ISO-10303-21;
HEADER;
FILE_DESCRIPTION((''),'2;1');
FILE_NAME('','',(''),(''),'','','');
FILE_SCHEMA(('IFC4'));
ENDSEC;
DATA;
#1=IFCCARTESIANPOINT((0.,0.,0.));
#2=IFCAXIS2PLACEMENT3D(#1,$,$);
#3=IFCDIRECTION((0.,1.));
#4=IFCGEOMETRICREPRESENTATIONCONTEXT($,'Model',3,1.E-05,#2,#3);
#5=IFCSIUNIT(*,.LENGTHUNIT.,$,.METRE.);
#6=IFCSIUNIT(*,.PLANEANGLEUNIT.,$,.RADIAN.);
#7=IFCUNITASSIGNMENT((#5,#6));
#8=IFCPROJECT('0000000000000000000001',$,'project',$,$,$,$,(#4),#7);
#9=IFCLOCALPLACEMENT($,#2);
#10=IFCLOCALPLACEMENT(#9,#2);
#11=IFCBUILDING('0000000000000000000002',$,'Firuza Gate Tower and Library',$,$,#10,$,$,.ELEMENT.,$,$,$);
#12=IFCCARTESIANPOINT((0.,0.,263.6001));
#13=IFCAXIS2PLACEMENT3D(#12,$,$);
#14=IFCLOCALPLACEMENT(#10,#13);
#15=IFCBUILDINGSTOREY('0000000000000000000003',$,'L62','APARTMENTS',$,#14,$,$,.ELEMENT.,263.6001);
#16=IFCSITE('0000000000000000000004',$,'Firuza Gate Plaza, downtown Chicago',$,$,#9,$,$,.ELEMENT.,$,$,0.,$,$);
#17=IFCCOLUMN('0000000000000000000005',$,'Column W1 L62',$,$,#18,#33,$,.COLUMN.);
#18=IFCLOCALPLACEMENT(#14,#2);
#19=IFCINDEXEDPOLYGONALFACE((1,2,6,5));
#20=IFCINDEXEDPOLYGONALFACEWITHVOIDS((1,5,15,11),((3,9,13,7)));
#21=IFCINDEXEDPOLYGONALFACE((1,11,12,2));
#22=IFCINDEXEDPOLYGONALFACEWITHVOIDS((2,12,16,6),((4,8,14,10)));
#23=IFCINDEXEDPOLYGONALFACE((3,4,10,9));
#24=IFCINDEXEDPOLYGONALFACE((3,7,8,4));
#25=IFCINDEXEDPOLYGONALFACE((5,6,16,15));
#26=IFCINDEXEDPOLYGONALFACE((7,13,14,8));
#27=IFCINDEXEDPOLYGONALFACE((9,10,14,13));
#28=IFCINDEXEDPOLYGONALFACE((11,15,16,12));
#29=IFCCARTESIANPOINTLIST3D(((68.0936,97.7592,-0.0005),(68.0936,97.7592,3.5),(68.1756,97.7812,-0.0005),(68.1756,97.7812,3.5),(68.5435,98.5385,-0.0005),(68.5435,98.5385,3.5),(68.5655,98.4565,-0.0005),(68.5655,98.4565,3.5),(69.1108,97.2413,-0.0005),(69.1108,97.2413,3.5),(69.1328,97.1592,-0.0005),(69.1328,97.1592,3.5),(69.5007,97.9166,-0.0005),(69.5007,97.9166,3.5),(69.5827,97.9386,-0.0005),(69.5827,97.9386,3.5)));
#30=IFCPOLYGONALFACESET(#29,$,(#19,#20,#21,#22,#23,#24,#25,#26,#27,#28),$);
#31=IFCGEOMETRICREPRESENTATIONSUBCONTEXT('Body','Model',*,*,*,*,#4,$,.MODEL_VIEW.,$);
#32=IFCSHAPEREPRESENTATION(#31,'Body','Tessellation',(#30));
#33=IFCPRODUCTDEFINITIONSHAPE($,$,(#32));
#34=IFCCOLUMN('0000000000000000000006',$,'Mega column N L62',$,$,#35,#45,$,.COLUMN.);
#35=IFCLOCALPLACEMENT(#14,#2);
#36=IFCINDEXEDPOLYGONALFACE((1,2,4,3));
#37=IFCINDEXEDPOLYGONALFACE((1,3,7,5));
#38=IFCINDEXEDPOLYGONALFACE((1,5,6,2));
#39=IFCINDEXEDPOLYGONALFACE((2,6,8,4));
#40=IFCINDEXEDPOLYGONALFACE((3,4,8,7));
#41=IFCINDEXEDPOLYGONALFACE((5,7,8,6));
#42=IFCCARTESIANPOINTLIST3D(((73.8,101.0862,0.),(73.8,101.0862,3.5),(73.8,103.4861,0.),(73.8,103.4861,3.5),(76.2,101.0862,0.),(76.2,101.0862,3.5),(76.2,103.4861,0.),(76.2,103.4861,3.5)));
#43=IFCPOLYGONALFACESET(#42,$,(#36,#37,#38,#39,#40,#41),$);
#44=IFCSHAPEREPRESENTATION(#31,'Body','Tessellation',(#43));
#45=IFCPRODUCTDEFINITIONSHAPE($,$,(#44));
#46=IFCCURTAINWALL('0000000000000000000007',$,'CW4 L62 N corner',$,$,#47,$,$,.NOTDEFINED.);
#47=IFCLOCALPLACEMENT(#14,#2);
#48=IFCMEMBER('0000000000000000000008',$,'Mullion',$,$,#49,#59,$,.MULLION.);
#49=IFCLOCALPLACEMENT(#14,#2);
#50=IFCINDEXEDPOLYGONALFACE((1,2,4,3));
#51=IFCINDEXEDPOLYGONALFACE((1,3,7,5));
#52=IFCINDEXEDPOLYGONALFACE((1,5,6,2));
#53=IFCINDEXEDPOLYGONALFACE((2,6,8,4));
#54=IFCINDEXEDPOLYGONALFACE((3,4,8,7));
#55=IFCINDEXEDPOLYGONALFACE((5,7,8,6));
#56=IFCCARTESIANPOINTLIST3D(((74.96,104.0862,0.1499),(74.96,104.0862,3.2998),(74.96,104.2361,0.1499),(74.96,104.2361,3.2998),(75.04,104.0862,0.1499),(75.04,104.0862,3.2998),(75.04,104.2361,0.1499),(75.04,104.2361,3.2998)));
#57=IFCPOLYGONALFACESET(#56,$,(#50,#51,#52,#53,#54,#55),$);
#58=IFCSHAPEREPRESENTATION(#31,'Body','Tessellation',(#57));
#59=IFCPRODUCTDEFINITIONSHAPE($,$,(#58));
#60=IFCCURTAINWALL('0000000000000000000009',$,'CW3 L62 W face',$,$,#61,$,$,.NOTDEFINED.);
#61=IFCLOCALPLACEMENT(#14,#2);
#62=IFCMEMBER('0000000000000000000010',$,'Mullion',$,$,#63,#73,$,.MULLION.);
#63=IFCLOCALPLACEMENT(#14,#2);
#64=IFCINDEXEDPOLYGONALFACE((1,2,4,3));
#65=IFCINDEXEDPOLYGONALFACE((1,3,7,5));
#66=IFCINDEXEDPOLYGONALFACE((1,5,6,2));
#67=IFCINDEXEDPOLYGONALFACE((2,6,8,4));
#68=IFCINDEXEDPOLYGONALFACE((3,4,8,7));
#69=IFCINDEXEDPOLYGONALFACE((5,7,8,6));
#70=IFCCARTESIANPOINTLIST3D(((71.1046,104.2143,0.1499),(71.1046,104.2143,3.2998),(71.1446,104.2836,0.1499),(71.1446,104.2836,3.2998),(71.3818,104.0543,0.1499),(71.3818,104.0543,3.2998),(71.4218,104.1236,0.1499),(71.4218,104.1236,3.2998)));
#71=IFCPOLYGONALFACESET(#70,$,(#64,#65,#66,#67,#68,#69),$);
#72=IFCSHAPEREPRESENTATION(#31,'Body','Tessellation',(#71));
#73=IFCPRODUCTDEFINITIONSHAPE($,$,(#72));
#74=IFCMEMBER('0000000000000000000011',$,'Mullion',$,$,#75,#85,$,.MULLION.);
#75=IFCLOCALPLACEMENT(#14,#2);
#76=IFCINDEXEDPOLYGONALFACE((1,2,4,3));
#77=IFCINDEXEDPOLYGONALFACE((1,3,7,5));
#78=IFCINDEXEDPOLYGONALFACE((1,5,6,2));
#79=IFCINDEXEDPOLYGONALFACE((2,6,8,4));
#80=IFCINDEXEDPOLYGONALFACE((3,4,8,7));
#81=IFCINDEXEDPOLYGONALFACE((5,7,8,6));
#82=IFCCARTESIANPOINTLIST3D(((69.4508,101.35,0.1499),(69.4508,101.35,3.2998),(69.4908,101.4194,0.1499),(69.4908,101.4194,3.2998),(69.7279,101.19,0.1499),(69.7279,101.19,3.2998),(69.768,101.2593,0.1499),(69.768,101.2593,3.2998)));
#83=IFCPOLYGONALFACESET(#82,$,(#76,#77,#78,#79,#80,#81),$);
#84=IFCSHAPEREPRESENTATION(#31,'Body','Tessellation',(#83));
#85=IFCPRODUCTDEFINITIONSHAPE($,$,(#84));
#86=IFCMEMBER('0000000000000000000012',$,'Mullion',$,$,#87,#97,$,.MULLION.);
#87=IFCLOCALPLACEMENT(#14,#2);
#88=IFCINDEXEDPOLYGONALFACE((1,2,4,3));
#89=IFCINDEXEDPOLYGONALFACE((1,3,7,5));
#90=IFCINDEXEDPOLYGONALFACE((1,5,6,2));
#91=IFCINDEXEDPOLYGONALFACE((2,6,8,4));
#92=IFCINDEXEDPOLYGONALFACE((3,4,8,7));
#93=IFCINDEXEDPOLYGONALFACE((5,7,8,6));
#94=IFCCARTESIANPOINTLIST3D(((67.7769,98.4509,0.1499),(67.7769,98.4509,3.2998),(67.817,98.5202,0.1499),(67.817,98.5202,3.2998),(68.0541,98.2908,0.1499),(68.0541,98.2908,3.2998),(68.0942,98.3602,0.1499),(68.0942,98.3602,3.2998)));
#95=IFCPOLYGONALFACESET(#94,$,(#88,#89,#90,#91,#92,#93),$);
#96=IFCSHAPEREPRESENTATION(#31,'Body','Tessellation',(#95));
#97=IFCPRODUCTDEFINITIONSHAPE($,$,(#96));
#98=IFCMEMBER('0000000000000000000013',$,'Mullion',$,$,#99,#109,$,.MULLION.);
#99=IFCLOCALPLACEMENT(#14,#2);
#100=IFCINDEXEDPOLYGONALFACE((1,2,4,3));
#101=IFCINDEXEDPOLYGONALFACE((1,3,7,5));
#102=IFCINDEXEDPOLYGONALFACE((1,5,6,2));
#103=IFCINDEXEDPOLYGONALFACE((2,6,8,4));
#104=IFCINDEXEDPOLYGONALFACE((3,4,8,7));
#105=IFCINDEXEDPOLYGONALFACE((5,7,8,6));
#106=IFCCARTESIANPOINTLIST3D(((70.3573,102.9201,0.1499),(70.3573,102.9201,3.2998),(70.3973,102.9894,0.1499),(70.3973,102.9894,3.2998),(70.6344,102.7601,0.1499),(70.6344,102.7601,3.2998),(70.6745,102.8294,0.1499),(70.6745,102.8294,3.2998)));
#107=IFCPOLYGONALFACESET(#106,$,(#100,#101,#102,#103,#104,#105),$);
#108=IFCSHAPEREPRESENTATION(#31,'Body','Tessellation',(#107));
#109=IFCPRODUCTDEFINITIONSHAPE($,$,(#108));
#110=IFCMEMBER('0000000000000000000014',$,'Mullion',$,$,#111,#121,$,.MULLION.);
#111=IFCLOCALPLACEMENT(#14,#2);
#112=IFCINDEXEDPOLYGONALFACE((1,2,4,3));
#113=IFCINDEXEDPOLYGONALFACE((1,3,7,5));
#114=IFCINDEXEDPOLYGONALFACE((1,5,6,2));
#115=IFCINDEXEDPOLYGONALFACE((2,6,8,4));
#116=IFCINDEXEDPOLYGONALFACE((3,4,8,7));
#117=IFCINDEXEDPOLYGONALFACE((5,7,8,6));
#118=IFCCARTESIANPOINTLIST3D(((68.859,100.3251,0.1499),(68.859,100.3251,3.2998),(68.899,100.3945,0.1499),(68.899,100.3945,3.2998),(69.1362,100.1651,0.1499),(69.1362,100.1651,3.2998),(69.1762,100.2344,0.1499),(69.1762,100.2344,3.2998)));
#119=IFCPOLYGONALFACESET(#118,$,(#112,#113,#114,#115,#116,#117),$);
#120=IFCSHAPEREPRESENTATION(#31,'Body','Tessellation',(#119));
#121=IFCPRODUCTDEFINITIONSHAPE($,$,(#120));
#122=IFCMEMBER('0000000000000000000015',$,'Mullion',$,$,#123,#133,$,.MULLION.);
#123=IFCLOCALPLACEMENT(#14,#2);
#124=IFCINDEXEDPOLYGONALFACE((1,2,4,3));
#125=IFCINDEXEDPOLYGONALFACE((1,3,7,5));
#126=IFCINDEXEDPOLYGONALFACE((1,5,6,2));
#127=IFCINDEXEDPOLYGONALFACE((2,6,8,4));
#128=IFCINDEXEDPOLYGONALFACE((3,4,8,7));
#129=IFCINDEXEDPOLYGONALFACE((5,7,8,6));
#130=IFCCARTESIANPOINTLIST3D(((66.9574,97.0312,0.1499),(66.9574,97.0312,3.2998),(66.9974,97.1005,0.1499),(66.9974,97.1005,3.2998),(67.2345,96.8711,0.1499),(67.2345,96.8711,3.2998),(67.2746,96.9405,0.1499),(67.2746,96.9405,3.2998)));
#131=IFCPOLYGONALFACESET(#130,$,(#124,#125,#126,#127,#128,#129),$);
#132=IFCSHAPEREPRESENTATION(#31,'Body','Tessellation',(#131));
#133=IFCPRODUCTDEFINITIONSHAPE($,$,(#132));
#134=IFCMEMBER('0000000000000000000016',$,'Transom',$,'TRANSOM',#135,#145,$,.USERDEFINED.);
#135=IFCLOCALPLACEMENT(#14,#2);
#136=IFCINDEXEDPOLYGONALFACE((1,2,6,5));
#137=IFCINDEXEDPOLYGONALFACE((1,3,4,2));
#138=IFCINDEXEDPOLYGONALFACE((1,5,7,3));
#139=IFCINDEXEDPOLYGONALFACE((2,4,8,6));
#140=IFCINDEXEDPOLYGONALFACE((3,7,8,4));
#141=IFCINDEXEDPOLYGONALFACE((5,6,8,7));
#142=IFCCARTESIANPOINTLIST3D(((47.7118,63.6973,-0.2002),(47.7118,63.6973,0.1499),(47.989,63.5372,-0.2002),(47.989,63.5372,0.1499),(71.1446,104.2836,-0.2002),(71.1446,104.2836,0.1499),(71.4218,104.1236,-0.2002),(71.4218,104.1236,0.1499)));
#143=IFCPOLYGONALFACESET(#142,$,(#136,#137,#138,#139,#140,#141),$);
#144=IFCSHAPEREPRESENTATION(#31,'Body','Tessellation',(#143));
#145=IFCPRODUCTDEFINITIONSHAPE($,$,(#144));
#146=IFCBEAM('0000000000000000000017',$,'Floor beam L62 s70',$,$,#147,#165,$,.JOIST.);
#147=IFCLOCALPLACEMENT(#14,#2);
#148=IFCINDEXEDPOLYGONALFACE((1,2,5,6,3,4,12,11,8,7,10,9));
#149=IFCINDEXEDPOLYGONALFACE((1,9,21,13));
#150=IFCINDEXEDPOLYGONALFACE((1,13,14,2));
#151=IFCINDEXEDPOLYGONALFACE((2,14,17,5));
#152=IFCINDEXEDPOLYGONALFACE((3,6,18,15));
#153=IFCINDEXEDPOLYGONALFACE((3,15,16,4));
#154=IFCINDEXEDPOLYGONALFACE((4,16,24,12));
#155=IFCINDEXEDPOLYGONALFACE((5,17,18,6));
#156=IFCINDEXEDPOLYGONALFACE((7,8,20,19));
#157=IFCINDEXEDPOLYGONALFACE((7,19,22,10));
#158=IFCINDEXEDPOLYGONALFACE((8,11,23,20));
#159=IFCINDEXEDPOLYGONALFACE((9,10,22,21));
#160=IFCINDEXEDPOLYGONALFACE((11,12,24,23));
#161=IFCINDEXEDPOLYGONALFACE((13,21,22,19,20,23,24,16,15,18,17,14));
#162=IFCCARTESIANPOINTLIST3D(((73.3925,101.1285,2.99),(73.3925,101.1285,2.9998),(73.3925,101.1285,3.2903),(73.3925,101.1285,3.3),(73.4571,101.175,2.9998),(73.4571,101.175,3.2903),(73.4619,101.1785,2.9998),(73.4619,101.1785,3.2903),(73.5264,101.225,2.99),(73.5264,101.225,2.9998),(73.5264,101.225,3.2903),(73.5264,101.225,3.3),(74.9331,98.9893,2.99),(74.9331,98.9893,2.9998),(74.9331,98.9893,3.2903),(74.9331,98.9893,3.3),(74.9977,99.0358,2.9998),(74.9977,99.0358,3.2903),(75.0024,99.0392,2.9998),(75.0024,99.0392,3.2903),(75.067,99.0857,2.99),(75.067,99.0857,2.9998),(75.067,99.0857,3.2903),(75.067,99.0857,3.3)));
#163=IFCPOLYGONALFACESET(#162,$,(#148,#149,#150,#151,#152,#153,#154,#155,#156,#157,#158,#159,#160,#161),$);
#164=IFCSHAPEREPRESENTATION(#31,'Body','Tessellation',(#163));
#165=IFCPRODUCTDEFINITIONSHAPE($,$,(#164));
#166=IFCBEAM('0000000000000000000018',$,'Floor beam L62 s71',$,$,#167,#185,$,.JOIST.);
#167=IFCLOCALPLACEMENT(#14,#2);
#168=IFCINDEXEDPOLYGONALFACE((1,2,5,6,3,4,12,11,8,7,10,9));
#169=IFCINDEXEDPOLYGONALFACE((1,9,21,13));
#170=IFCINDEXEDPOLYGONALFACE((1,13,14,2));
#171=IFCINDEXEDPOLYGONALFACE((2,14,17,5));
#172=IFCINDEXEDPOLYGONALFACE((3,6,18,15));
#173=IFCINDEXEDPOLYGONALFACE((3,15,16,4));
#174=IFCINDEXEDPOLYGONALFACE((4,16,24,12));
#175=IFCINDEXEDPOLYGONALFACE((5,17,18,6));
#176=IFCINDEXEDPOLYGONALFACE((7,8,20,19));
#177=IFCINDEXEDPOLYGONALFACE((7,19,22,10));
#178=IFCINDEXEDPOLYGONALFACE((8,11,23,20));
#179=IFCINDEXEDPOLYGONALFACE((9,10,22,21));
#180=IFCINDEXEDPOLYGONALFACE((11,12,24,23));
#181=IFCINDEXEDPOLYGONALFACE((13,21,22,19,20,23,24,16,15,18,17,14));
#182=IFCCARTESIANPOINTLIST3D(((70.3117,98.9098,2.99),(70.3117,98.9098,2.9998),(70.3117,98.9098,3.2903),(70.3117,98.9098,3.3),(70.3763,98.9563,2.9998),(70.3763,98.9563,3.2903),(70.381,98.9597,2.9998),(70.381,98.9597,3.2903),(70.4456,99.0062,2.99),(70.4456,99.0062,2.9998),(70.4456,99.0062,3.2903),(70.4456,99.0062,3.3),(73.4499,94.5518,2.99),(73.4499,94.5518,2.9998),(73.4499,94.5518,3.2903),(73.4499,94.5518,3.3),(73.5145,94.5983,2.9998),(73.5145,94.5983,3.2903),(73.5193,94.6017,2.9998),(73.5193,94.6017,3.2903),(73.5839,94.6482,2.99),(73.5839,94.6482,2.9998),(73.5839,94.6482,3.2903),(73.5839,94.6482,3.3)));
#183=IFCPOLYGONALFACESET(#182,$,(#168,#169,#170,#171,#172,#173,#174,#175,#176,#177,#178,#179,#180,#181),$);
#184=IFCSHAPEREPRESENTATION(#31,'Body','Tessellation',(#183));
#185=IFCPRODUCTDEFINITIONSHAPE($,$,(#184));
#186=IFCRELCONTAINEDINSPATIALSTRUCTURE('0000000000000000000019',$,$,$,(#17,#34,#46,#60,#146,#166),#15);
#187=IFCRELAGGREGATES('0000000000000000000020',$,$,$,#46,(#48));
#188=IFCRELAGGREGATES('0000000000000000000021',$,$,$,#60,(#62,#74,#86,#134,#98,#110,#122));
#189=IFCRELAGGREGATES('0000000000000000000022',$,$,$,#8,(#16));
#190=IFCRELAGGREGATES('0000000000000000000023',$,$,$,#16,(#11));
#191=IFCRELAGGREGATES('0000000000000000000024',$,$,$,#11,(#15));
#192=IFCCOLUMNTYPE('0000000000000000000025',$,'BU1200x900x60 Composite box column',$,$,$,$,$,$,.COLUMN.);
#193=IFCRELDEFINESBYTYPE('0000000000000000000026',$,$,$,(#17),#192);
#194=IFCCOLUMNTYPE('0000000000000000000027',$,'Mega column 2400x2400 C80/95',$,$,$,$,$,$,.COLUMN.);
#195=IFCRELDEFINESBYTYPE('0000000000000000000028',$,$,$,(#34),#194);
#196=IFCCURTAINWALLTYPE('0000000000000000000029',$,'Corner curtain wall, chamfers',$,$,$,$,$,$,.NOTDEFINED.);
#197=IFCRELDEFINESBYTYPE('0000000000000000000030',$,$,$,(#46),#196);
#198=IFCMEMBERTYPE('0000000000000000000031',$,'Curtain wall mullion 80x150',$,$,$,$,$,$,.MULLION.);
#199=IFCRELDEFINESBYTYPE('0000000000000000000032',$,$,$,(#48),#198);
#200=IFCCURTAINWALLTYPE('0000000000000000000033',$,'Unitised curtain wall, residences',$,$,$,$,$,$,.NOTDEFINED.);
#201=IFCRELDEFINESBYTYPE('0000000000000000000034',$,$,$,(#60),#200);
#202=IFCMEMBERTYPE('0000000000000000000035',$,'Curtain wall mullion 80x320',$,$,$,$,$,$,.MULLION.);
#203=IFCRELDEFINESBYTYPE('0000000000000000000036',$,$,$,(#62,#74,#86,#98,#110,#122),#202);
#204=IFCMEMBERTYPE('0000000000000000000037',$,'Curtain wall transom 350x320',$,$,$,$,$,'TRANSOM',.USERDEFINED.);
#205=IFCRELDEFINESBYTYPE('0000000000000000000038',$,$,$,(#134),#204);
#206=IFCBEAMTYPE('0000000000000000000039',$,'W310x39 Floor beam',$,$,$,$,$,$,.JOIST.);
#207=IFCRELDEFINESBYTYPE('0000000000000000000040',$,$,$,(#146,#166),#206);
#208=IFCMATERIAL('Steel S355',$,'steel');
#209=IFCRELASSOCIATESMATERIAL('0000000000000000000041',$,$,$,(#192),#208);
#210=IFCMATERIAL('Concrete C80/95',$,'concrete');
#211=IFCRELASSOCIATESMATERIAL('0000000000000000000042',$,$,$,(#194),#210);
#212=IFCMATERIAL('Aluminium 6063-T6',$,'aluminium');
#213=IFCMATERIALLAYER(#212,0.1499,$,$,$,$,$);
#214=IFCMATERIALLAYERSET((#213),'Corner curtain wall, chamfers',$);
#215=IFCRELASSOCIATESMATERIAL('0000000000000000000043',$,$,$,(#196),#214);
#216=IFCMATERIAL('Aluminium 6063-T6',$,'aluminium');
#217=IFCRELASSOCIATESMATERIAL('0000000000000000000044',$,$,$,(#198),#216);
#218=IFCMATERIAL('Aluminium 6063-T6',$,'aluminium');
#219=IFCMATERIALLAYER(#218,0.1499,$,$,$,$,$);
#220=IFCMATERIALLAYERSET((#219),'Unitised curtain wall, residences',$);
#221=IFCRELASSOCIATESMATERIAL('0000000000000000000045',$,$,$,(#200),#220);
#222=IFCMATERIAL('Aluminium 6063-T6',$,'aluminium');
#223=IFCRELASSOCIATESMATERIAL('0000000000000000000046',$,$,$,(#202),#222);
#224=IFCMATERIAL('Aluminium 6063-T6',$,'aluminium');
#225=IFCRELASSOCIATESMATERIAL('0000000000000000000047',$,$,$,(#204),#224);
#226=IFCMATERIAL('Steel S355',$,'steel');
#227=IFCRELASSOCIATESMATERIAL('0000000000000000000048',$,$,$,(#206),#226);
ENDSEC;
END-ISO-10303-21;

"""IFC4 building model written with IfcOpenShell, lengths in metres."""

from ifc_helpers import new_model, si_unit, direction, frame, origin, origin_2d, place, context, subcontext, project, spatial, rectangle, hollow_rectangle, i_section, extrude, material, layer, layer_set, material_profile, profile_set, type_object, element, aggregate, save


model = new_model("IFC4")

# Units and contexts
model_context = context("Model", 3, precision=1e-05, world=origin(), true_north=direction((0.0, 1.0)))
body_context = subcontext(model_context, "Body", "Model", "MODEL_VIEW")
ifc_project = project(units=[si_unit("LENGTHUNIT", "METRE"), si_unit("PLANEANGLEUNIT", "RADIAN")], contexts=[model_context])

# Site, building, storey
site_placement = place(None, origin())
site = spatial("IfcSite", under=ifc_project, at=site_placement, Name="Firuza Gate Plaza, downtown Chicago", CompositionType="ELEMENT", RefElevation=0.0)
building_placement = place(site_placement, origin())
building = spatial("IfcBuilding", under=site, at=building_placement, Name="Firuza Gate Tower and Library", CompositionType="ELEMENT")
storey_placement = place(building_placement, frame((0.0, 0.0, 263.6001)))
storey = spatial("IfcBuildingStorey", under=building, at=storey_placement, Name="L62", Description="APARTMENTS", CompositionType="ELEMENT", Elevation=263.6001)

# Columns
ifc_material_1 = material(Name="Steel S355", Category="steel")
ifc_material_profile_1 = material_profile(ifc_material_1, hollow_rectangle(XDim=0.8999, YDim=1.2, WallThickness=0.0601, at=origin_2d()))
ifc_profile_set_1 = profile_set([ifc_material_profile_1], Name="Steel S355")
column_type_1 = type_object("IfcColumnType", Name="BU1200x900x60 Composite box column", PredefinedType="COLUMN", material=ifc_profile_set_1)
column_1_placement = place(storey_placement, frame((68.8381, 97.8489, -0.0005), z_axis=(0.0, 0.0, 1.0), x_axis=(-0.5, -0.866025, 0.0)))
element("IfcColumn", 1, at=column_1_placement, inside=storey, type_object=column_type_1, Name="Column W1 L62", PredefinedType="COLUMN", context=body_context, shape_type="SweptSolid", body=[
    extrude(hollow_rectangle(XDim=0.8999, YDim=1.2, WallThickness=0.0601, at=origin_2d()), origin(), (0.0, 0.0, 1.0), 3.5005),
])
ifc_material_2 = material(Name="Concrete C80/95", Category="concrete")
ifc_material_profile_2 = material_profile(ifc_material_2, rectangle(XDim=2.3999, YDim=2.3999, at=origin_2d()))
ifc_profile_set_2 = profile_set([ifc_material_profile_2], Name="Concrete C80/95")
column_type_2 = type_object("IfcColumnType", Name="Mega column 2400x2400 C80/95", PredefinedType="COLUMN", material=ifc_profile_set_2)
column_2_placement = place(storey_placement, frame((75.0, 102.2861, 0.0), z_axis=(0.0, 0.0, 1.0), x_axis=(-1.0, 0.0, 0.0)))
element("IfcColumn", 2, at=column_2_placement, inside=storey, type_object=column_type_2, Name="Mega column N L62", PredefinedType="COLUMN", context=body_context, shape_type="SweptSolid", body=[
    extrude(rectangle(XDim=2.3999, YDim=2.3999, at=origin_2d()), origin(), (0.0, 0.0, 1.0), 3.5),
])

# Curtain wall, member
ifc_material_3 = material(Name="Aluminium 6063-T6", Category="aluminium")
ifc_layer_1 = layer(ifc_material_3, 0.1499)
ifc_layer_set_1 = layer_set([ifc_layer_1], Name="Corner curtain wall, chamfers")
curtain_wall_type_1 = type_object("IfcCurtainWallType", Name="Corner curtain wall, chamfers", PredefinedType="NOTDEFINED", material=ifc_layer_set_1)
placement = place(storey_placement, origin())
curtain_wall_1 = element("IfcCurtainWall", 3, at=placement, inside=storey, type_object=curtain_wall_type_1, Name="CW4 L62 N corner", PredefinedType="NOTDEFINED")
ifc_material_4 = material(Name="Aluminium 6063-T6", Category="aluminium")
ifc_material_profile_3 = material_profile(ifc_material_4, rectangle(XDim=0.1499, YDim=0.0801, at=origin_2d()))
ifc_profile_set_3 = profile_set([ifc_material_profile_3], Name="Aluminium 6063-T6")
member_type_1 = type_object("IfcMemberType", Name="Curtain wall mullion 80x150", PredefinedType="MULLION", material=ifc_profile_set_3)
member_1_placement = place(storey_placement, frame((75.0, 104.1611, 0.1499), z_axis=(0.0, 0.0, 1.0), x_axis=(0.0, -1.0, 0.0)))
member_1 = element("IfcMember", 4, at=member_1_placement, type_object=member_type_1, Name="Mullion", PredefinedType="MULLION", context=body_context, shape_type="SweptSolid", body=[
    extrude(rectangle(XDim=0.1499, YDim=0.0801, at=origin_2d()), origin(), (0.0, 0.0, 1.0), 3.1499),
])

# Curtain wall, members
ifc_material_5 = material(Name="Aluminium 6063-T6", Category="aluminium")
ifc_layer_2 = layer(ifc_material_5, 0.1499)
ifc_layer_set_2 = layer_set([ifc_layer_2], Name="Unitised curtain wall, residences")
curtain_wall_type_2 = type_object("IfcCurtainWallType", Name="Unitised curtain wall, residences", PredefinedType="NOTDEFINED", material=ifc_layer_set_2)
curtain_wall_2 = element("IfcCurtainWall", 5, at=placement, inside=storey, type_object=curtain_wall_type_2, Name="CW3 L62 W face", PredefinedType="NOTDEFINED")
ifc_material_6 = material(Name="Aluminium 6063-T6", Category="aluminium")
ifc_material_profile_4 = material_profile(ifc_material_6, rectangle(XDim=0.3201, YDim=0.0801, at=origin_2d()))
ifc_profile_set_4 = profile_set([ifc_material_profile_4], Name="Aluminium 6063-T6")
member_type_2 = type_object("IfcMemberType", Name="Curtain wall mullion 80x320", PredefinedType="MULLION", material=ifc_profile_set_4)
member_2_placement = place(storey_placement, frame((71.2632, 104.1689, 0.1499), z_axis=(0.0, 0.0, 1.0), x_axis=(0.866025, -0.5, 0.0)))
member_2 = element("IfcMember", 6, at=member_2_placement, type_object=member_type_2, Name="Mullion", PredefinedType="MULLION", context=body_context, shape_type="SweptSolid", body=[
    extrude(rectangle(XDim=0.3201, YDim=0.0801, at=origin_2d()), origin(), (0.0, 0.0, 1.0), 3.1499),
])
member_3_placement = place(storey_placement, frame((69.6094, 101.3047, 0.1499), z_axis=(0.0, 0.0, 1.0), x_axis=(0.866025, -0.5, 0.0)))
member_3 = element("IfcMember", 7, at=member_3_placement, type_object=member_type_2, Name="Mullion", PredefinedType="MULLION", context=body_context, shape_type="SweptSolid", body=[
    extrude(rectangle(XDim=0.3201, YDim=0.0801, at=origin_2d()), origin(), (0.0, 0.0, 1.0), 3.1499),
])
member_4_placement = place(storey_placement, frame((67.9355, 98.4055, 0.1499), z_axis=(0.0, 0.0, 1.0), x_axis=(0.866025, -0.5, 0.0)))
member_4 = element("IfcMember", 8, at=member_4_placement, type_object=member_type_2, Name="Mullion", PredefinedType="MULLION", context=body_context, shape_type="SweptSolid", body=[
    extrude(rectangle(XDim=0.3201, YDim=0.0801, at=origin_2d()), origin(), (0.0, 0.0, 1.0), 3.1499),
])
member_5_placement = place(storey_placement, frame((70.5159, 102.8748, 0.1499), z_axis=(0.0, 0.0, 1.0), x_axis=(0.866025, -0.5, 0.0)))
member_5 = element("IfcMember", 9, at=member_5_placement, type_object=member_type_2, Name="Mullion", PredefinedType="MULLION", context=body_context, shape_type="SweptSolid", body=[
    extrude(rectangle(XDim=0.3201, YDim=0.0801, at=origin_2d()), origin(), (0.0, 0.0, 1.0), 3.1499),
])
member_6_placement = place(storey_placement, frame((69.0176, 100.2798, 0.1499), z_axis=(0.0, 0.0, 1.0), x_axis=(0.866025, -0.5, 0.0)))
member_6 = element("IfcMember", 10, at=member_6_placement, type_object=member_type_2, Name="Mullion", PredefinedType="MULLION", context=body_context, shape_type="SweptSolid", body=[
    extrude(rectangle(XDim=0.3201, YDim=0.0801, at=origin_2d()), origin(), (0.0, 0.0, 1.0), 3.1499),
])
member_7_placement = place(storey_placement, frame((67.116, 96.9858, 0.1499), z_axis=(0.0, 0.0, 1.0), x_axis=(0.866025, -0.5, 0.0)))
member_7 = element("IfcMember", 11, at=member_7_placement, type_object=member_type_2, Name="Mullion", PredefinedType="MULLION", context=body_context, shape_type="SweptSolid", body=[
    extrude(rectangle(XDim=0.3201, YDim=0.0801, at=origin_2d()), origin(), (0.0, 0.0, 1.0), 3.1499),
])
ifc_material_7 = material(Name="Aluminium 6063-T6", Category="aluminium")
ifc_material_profile_5 = material_profile(ifc_material_7, rectangle(XDim=0.3201, YDim=0.3501, at=origin_2d()))
ifc_profile_set_5 = profile_set([ifc_material_profile_5], Name="Aluminium 6063-T6")
member_type_3 = type_object("IfcMemberType", Name="Curtain wall transom 350x320", ElementType="TRANSOM", PredefinedType="USERDEFINED", material=ifc_profile_set_5)
member_8_placement = place(storey_placement, frame((71.2832, 104.2036, -0.0251), z_axis=(-0.500004, -0.866023, 0.0), x_axis=(0.866023, -0.500004, 0.0)))
member_8 = element("IfcMember", 12, at=member_8_placement, type_object=member_type_3, Name="Transom", ObjectType="TRANSOM", PredefinedType="USERDEFINED", context=body_context, shape_type="SweptSolid", body=[
    extrude(rectangle(XDim=0.3201, YDim=0.3501, at=origin_2d()), origin(), (0.0, 0.0, 1.0), 46.8652),
])

# Beams
ifc_material_8 = material(Name="Steel S355", Category="steel")
ifc_material_profile_6 = material_profile(ifc_material_8, i_section(OverallWidth=0.165, OverallDepth=0.3101, WebThickness=0.0059, FlangeThickness=0.0098, at=origin_2d()))
ifc_profile_set_6 = profile_set([ifc_material_profile_6], Name="Steel S355")
beam_type_1 = type_object("IfcBeamType", Name="W310x39 Floor beam", PredefinedType="JOIST", material=ifc_profile_set_6)
beam_1_placement = place(storey_placement, frame((73.4595, 101.1768, 3.145), z_axis=(0.584388, -0.811475, 0.0), x_axis=(0.811475, 0.584388, 0.0)))
element("IfcBeam", 13, at=beam_1_placement, inside=storey, type_object=beam_type_1, Name="Floor beam L62 s70", PredefinedType="JOIST", context=body_context, shape_type="SweptSolid", body=[
    extrude(i_section(OverallWidth=0.165, OverallDepth=0.3101, WebThickness=0.0059, FlangeThickness=0.0098, at=origin_2d()), origin(), (0.0, 0.0, 1.0), 2.6362),
])
beam_2_placement = place(storey_placement, frame((70.3787, 98.958, 3.145), z_axis=(0.584365, -0.811491, 0.0), x_axis=(0.811491, 0.584365, 0.0)))
element("IfcBeam", 14, at=beam_2_placement, inside=storey, type_object=beam_type_1, Name="Floor beam L62 s71", PredefinedType="JOIST", context=body_context, shape_type="SweptSolid", body=[
    extrude(i_section(OverallWidth=0.165, OverallDepth=0.3101, WebThickness=0.0059, FlangeThickness=0.0098, at=origin_2d()), origin(), (0.0, 0.0, 1.0), 5.3704),
])

aggregate(curtain_wall_1, [member_1])
aggregate(curtain_wall_2, [member_2, member_3, member_4, member_8, member_5, member_6, member_7])

save(model, "model.ifc")
